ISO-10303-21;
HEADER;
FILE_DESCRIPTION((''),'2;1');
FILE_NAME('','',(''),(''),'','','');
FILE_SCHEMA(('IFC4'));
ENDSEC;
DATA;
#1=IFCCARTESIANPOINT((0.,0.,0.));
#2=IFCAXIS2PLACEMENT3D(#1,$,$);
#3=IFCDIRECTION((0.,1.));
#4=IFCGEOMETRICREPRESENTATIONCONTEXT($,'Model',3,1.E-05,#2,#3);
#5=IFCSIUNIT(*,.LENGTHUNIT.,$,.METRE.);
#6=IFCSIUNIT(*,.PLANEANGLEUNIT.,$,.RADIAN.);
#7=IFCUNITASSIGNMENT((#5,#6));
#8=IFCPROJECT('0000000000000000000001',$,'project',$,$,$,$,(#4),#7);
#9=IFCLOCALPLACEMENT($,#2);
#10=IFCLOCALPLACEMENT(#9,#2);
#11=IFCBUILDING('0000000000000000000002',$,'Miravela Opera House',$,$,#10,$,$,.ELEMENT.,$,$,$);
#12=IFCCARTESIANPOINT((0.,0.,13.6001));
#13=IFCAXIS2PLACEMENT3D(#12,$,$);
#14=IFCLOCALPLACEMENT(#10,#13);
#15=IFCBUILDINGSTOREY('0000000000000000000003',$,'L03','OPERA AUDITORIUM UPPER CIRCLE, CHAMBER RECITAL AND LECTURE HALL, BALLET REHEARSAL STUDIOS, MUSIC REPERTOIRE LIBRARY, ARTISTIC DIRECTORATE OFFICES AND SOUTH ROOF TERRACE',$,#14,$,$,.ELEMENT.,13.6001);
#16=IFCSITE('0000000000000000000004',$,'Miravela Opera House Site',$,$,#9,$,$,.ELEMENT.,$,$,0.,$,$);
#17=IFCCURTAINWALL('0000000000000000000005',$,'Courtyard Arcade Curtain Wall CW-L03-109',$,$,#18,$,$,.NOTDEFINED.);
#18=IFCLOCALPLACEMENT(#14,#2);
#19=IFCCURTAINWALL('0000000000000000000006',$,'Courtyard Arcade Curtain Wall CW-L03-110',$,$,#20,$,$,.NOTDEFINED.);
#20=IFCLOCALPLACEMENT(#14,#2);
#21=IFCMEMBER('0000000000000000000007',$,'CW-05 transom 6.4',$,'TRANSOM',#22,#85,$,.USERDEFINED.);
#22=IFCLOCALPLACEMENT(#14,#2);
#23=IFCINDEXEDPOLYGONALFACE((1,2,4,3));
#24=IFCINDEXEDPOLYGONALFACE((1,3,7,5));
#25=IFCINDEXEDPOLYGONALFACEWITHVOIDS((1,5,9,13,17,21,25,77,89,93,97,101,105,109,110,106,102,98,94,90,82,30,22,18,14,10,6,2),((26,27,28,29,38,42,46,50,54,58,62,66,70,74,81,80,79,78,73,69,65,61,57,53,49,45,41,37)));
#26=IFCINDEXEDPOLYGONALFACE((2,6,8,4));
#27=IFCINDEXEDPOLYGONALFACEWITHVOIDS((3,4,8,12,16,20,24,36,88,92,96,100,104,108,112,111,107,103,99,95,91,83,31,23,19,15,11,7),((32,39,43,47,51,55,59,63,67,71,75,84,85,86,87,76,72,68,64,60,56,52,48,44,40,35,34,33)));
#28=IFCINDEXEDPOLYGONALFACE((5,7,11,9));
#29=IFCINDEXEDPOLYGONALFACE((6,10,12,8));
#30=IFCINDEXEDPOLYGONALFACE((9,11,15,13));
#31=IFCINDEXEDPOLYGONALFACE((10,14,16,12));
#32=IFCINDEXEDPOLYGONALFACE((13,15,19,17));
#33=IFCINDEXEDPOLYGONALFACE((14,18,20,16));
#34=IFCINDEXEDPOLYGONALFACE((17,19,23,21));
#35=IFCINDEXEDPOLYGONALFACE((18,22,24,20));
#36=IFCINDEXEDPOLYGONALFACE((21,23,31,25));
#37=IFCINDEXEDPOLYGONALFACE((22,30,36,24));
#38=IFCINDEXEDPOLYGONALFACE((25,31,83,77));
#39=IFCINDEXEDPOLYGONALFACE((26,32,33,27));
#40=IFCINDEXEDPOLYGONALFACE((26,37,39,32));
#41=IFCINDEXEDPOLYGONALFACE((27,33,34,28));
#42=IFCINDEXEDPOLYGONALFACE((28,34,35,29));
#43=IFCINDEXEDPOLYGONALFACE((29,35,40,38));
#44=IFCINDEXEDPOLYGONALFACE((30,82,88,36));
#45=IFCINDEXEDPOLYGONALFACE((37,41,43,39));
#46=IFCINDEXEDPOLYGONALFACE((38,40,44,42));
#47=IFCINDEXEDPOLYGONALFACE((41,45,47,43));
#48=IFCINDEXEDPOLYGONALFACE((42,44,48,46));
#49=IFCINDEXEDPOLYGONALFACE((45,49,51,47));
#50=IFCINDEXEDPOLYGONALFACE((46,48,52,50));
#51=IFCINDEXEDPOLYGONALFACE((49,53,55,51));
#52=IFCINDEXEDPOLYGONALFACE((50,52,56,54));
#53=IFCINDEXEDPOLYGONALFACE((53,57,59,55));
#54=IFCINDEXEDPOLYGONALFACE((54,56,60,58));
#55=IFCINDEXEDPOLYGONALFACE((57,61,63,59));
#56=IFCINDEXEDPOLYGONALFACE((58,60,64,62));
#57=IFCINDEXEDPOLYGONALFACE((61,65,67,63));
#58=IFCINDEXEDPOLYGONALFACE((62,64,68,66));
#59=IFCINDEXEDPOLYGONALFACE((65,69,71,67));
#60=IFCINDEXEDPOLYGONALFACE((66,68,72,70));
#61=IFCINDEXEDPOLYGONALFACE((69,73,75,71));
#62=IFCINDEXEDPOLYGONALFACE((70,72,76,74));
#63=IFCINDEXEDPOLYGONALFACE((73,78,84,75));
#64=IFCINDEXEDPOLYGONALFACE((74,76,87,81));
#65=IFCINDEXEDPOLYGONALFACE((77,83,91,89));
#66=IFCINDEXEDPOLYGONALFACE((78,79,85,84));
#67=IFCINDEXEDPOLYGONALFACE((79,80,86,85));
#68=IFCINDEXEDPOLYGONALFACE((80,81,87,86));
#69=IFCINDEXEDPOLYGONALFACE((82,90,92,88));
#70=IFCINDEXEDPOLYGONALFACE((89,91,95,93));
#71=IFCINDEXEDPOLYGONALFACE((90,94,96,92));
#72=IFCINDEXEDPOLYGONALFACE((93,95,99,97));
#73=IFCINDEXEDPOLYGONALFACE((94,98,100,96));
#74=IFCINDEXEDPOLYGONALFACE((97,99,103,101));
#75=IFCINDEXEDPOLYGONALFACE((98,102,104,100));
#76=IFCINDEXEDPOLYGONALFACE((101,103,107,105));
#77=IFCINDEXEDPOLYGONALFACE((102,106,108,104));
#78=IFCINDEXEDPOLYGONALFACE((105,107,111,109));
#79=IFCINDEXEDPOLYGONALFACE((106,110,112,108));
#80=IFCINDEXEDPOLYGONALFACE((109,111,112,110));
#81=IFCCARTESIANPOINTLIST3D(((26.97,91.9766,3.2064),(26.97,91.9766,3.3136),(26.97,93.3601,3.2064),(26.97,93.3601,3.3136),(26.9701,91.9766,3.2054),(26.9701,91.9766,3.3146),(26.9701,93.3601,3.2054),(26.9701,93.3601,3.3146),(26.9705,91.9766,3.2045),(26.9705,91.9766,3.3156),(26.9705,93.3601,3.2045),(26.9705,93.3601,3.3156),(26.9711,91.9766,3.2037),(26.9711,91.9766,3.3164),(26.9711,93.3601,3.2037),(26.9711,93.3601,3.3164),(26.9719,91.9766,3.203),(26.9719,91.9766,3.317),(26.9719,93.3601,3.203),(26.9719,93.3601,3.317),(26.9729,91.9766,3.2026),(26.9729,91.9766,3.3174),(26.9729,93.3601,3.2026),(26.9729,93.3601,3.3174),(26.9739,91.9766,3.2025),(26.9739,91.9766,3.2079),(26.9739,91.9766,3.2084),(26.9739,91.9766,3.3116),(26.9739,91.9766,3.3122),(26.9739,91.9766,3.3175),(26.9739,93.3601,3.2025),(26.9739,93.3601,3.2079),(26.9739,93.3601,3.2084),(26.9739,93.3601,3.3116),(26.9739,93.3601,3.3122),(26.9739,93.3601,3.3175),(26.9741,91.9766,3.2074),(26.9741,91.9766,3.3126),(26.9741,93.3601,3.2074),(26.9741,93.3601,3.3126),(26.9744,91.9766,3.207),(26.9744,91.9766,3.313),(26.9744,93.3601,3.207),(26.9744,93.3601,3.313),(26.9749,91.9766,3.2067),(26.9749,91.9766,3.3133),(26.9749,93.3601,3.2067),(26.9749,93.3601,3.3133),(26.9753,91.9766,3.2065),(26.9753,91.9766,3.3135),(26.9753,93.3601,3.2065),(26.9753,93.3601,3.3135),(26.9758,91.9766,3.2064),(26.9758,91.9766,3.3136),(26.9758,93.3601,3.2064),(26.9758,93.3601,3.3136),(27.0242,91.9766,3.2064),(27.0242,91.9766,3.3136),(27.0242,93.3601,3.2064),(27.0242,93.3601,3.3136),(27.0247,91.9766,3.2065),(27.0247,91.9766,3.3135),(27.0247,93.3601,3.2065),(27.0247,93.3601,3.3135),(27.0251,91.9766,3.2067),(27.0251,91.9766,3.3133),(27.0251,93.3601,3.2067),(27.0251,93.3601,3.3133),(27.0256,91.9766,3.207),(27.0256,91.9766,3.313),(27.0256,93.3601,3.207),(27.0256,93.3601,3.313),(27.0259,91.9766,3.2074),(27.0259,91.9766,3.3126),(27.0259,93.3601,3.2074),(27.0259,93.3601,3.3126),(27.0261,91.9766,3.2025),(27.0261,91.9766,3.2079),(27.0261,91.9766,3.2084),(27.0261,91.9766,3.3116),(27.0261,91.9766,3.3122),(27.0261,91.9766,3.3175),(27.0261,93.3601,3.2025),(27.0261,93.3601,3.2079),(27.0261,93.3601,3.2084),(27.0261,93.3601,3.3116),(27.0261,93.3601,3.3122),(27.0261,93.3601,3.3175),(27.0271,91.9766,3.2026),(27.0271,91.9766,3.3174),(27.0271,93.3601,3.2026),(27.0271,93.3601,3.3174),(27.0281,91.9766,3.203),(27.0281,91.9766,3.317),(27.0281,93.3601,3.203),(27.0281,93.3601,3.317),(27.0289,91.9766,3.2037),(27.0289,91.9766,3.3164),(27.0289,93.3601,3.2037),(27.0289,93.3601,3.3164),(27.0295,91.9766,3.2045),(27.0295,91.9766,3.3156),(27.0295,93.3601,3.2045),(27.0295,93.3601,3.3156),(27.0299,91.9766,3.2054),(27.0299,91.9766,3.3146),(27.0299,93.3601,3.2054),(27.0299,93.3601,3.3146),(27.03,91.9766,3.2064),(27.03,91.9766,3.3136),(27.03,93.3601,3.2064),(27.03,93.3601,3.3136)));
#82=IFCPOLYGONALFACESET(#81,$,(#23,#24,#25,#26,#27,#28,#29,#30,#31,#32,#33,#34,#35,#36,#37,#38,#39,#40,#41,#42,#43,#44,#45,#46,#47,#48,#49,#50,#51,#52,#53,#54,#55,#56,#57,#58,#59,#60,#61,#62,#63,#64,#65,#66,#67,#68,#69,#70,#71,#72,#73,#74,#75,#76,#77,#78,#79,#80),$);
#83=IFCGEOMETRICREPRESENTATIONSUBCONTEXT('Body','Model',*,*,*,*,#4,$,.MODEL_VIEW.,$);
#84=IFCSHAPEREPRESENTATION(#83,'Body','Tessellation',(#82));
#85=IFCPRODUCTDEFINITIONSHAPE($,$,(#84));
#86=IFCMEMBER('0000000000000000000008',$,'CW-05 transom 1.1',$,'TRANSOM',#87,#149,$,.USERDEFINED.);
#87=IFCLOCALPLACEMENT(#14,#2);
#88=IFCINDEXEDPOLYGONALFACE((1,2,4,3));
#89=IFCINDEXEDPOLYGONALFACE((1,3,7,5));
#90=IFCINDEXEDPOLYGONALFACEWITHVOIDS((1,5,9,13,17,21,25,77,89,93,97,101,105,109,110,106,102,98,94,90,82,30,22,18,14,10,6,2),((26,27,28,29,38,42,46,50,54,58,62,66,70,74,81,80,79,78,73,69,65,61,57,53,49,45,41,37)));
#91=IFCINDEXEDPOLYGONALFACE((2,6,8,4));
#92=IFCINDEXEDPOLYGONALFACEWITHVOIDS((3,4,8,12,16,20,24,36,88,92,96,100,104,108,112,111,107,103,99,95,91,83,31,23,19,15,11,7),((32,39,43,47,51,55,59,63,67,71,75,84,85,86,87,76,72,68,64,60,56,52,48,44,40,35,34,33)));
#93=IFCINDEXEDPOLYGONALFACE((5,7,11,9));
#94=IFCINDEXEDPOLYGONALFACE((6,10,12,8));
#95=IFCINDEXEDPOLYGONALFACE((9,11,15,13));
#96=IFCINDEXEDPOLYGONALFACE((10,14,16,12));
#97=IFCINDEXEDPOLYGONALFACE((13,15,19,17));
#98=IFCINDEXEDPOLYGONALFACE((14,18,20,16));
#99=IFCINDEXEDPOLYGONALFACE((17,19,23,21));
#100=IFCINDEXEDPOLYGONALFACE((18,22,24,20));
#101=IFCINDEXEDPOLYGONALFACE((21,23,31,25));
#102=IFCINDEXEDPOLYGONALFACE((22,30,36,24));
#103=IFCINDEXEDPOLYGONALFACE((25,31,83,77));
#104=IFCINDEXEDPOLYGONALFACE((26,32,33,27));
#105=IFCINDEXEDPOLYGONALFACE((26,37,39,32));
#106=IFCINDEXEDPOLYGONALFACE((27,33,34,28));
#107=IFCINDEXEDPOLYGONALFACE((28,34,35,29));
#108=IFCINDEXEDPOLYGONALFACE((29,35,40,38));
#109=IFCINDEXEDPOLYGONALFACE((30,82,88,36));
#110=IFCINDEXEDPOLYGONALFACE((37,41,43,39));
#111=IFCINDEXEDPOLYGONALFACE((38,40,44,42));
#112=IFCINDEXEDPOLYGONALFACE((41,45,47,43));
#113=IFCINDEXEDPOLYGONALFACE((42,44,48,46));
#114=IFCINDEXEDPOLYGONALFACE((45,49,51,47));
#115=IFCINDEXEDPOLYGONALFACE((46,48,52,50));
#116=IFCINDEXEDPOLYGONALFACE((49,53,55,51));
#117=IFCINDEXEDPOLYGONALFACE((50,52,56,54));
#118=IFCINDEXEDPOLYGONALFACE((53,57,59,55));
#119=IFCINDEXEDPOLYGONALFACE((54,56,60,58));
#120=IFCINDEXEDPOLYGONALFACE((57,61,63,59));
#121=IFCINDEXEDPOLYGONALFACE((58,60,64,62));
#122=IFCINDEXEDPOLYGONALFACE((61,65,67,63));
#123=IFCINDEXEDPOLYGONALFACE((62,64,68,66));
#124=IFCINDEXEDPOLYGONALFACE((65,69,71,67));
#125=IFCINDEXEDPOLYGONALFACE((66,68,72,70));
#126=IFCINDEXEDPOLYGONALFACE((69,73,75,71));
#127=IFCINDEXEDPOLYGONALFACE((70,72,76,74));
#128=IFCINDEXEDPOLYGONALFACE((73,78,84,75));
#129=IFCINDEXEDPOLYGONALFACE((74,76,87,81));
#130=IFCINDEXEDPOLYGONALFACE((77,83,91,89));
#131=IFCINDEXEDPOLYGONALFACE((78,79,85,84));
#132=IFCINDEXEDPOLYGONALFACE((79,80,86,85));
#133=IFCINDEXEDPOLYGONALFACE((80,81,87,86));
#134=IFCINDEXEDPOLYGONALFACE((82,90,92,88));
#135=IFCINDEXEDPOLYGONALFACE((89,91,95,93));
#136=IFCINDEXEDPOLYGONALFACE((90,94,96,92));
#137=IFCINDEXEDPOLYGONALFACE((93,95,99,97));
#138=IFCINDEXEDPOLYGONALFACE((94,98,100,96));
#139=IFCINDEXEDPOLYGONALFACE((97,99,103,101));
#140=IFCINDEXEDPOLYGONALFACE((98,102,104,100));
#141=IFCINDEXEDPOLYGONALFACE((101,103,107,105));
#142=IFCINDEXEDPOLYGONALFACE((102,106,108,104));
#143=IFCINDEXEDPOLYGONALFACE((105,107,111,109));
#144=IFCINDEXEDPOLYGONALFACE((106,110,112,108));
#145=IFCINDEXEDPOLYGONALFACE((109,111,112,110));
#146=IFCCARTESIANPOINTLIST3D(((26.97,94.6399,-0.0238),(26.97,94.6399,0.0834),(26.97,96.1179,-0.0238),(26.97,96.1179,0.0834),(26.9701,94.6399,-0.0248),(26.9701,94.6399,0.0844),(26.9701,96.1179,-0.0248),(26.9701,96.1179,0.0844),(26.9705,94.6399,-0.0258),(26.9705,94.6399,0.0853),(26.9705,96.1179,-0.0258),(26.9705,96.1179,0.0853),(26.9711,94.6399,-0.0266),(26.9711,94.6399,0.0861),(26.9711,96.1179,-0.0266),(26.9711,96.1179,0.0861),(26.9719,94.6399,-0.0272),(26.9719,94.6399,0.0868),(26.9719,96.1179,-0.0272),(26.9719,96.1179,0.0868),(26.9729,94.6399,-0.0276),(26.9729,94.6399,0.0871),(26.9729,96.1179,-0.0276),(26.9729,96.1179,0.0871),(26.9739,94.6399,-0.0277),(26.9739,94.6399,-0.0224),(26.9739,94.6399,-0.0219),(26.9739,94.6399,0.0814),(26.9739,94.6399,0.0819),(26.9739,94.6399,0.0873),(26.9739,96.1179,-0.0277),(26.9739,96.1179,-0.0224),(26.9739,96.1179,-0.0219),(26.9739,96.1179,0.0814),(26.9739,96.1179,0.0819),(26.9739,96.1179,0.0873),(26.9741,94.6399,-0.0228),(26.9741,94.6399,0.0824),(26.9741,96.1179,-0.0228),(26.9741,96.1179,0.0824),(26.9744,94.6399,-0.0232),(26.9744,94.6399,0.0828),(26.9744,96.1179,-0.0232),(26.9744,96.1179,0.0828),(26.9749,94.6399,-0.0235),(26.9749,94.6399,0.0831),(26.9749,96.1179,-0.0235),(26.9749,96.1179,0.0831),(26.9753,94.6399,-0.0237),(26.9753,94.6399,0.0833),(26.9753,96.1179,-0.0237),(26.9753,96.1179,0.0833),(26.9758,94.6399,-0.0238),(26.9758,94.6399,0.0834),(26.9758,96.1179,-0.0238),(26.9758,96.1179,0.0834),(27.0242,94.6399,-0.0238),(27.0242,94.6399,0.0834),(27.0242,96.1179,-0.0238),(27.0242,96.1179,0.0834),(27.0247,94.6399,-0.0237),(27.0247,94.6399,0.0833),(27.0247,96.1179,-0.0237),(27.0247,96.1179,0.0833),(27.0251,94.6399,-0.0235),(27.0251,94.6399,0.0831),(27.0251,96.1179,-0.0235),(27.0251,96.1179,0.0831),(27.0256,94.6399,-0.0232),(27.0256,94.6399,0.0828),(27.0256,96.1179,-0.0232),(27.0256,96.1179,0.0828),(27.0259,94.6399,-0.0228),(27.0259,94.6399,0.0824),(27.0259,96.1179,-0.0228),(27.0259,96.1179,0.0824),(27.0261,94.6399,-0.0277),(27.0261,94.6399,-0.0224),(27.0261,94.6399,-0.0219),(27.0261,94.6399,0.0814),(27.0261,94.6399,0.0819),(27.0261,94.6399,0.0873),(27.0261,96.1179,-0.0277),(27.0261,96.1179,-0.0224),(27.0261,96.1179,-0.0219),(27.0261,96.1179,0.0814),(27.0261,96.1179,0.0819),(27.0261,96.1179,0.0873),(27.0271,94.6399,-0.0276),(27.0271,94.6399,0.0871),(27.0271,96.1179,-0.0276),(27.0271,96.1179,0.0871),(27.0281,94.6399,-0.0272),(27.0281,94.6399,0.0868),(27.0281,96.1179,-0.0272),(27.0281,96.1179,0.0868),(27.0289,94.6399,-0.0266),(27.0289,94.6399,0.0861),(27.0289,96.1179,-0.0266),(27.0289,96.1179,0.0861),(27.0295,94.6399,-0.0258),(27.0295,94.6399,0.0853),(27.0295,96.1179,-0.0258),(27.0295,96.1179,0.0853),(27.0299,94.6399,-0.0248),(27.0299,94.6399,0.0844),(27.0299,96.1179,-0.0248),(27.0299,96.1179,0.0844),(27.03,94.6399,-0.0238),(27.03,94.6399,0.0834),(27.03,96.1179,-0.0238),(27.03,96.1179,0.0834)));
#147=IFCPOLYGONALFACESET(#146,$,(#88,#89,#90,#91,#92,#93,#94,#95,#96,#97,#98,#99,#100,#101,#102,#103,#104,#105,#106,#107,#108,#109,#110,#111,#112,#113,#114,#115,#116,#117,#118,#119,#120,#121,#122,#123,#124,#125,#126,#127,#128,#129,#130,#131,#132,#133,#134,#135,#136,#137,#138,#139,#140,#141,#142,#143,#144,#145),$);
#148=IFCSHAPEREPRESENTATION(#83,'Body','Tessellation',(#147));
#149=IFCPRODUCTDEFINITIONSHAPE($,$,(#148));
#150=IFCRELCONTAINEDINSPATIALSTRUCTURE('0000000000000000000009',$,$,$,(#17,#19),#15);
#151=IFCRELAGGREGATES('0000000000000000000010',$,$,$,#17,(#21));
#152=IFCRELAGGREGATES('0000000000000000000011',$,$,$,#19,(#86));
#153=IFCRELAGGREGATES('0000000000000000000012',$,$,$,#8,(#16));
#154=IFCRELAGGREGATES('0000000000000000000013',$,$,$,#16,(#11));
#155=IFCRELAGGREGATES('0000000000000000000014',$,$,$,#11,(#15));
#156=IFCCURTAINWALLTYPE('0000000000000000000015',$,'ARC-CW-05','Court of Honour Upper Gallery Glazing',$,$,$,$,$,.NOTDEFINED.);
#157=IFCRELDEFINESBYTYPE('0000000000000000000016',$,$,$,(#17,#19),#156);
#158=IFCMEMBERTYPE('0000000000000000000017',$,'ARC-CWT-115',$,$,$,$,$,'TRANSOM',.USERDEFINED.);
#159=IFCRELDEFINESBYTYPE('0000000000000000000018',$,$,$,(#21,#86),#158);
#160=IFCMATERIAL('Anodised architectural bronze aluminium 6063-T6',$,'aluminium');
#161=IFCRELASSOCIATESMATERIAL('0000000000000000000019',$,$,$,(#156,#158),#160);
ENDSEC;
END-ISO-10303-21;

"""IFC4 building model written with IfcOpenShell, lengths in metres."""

from ifc_helpers import new_model, si_unit, direction, frame, origin, origin_2d, place, context, subcontext, project, spatial, hollow_rectangle, extrude, material, material_profile, profile_set, type_object, element, aggregate, save


model = new_model("IFC4")

# Units and contexts
model_context = context("Model", 3, precision=1e-05, world=origin(), true_north=direction((0.0, 1.0)))
body_context = subcontext(model_context, "Body", "Model", "MODEL_VIEW")
ifc_project = project(units=[si_unit("LENGTHUNIT", "METRE"), si_unit("PLANEANGLEUNIT", "RADIAN")], contexts=[model_context])

# Site, building, storey
site_placement = place(None, origin())
site = spatial("IfcSite", under=ifc_project, at=site_placement, Name="Miravela Opera House Site", CompositionType="ELEMENT", RefElevation=0.0)
building_placement = place(site_placement, origin())
building = spatial("IfcBuilding", under=site, at=building_placement, Name="Miravela Opera House", CompositionType="ELEMENT")
storey_placement = place(building_placement, frame((0.0, 0.0, 13.6001)))
storey = spatial("IfcBuildingStorey", under=building, at=storey_placement, Name="L03", Description="OPERA AUDITORIUM UPPER CIRCLE, CHAMBER RECITAL AND LECTURE HALL, BALLET REHEARSAL STUDIOS, MUSIC REPERTOIRE LIBRARY, ARTISTIC DIRECTORATE OFFICES AND SOUTH ROOF TERRACE", CompositionType="ELEMENT", Elevation=13.6001)

# Curtain walls
ifc_material_1 = material(Name="Anodised architectural bronze aluminium 6063-T6", Category="aluminium")
curtain_wall_type = type_object("IfcCurtainWallType", Name="ARC-CW-05", Description="Court of Honour Upper Gallery Glazing", PredefinedType="NOTDEFINED", material=ifc_material_1)
curtain_wall_1_placement = place(storey_placement, origin())
curtain_wall_1 = element("IfcCurtainWall", 1, at=curtain_wall_1_placement, inside=storey, type_object=curtain_wall_type, Name="Courtyard Arcade Curtain Wall CW-L03-109", PredefinedType="NOTDEFINED")
curtain_wall_2_placement = place(storey_placement, origin())
curtain_wall_2 = element("IfcCurtainWall", 2, at=curtain_wall_2_placement, inside=storey, type_object=curtain_wall_type, Name="Courtyard Arcade Curtain Wall CW-L03-110", PredefinedType="NOTDEFINED")

# Members
ifc_material_profile_1 = material_profile(ifc_material_1, hollow_rectangle(XDim=0.0601, YDim=0.115, WallThickness=0.0039, InnerFilletRadius=0.002, OuterFilletRadius=0.0039, at=origin_2d()), Name="CWT-60X115")
ifc_profile_set_1 = profile_set([ifc_material_profile_1])
member_type_1 = type_object("IfcMemberType", Name="ARC-CWT-115", ElementType="TRANSOM", PredefinedType="USERDEFINED", material=ifc_profile_set_1)
member_1_placement = place(storey_placement, frame((27.0, 91.9766, 3.26), z_axis=(0.0, 1.0, 0.0), x_axis=(-1.0, 0.0, 0.0)))
member_1 = element("IfcMember", 3, at=member_1_placement, type_object=member_type_1, Name="CW-05 transom 6.4", ObjectType="TRANSOM", PredefinedType="USERDEFINED", context=body_context, shape_type="SweptSolid", body=[
    extrude(hollow_rectangle(XDim=0.0601, YDim=0.115, WallThickness=0.0039, InnerFilletRadius=0.002, OuterFilletRadius=0.0039, at=origin_2d()), origin(), (0.0, 0.0, 1.0), 1.3835),
])
member_2_placement = place(storey_placement, frame((27.0, 94.6399, 0.0298), z_axis=(0.0, 1.0, 0.0), x_axis=(-1.0, 0.0, 0.0)))
member_2 = element("IfcMember", 4, at=member_2_placement, type_object=member_type_1, Name="CW-05 transom 1.1", ObjectType="TRANSOM", PredefinedType="USERDEFINED", context=body_context, shape_type="SweptSolid", body=[
    extrude(hollow_rectangle(XDim=0.0601, YDim=0.115, WallThickness=0.0039, InnerFilletRadius=0.002, OuterFilletRadius=0.0039, at=origin_2d()), origin(), (0.0, 0.0, 1.0), 1.478),
])

aggregate(curtain_wall_1, [member_1])
aggregate(curtain_wall_2, [member_2])

save(model, "model.ifc")
